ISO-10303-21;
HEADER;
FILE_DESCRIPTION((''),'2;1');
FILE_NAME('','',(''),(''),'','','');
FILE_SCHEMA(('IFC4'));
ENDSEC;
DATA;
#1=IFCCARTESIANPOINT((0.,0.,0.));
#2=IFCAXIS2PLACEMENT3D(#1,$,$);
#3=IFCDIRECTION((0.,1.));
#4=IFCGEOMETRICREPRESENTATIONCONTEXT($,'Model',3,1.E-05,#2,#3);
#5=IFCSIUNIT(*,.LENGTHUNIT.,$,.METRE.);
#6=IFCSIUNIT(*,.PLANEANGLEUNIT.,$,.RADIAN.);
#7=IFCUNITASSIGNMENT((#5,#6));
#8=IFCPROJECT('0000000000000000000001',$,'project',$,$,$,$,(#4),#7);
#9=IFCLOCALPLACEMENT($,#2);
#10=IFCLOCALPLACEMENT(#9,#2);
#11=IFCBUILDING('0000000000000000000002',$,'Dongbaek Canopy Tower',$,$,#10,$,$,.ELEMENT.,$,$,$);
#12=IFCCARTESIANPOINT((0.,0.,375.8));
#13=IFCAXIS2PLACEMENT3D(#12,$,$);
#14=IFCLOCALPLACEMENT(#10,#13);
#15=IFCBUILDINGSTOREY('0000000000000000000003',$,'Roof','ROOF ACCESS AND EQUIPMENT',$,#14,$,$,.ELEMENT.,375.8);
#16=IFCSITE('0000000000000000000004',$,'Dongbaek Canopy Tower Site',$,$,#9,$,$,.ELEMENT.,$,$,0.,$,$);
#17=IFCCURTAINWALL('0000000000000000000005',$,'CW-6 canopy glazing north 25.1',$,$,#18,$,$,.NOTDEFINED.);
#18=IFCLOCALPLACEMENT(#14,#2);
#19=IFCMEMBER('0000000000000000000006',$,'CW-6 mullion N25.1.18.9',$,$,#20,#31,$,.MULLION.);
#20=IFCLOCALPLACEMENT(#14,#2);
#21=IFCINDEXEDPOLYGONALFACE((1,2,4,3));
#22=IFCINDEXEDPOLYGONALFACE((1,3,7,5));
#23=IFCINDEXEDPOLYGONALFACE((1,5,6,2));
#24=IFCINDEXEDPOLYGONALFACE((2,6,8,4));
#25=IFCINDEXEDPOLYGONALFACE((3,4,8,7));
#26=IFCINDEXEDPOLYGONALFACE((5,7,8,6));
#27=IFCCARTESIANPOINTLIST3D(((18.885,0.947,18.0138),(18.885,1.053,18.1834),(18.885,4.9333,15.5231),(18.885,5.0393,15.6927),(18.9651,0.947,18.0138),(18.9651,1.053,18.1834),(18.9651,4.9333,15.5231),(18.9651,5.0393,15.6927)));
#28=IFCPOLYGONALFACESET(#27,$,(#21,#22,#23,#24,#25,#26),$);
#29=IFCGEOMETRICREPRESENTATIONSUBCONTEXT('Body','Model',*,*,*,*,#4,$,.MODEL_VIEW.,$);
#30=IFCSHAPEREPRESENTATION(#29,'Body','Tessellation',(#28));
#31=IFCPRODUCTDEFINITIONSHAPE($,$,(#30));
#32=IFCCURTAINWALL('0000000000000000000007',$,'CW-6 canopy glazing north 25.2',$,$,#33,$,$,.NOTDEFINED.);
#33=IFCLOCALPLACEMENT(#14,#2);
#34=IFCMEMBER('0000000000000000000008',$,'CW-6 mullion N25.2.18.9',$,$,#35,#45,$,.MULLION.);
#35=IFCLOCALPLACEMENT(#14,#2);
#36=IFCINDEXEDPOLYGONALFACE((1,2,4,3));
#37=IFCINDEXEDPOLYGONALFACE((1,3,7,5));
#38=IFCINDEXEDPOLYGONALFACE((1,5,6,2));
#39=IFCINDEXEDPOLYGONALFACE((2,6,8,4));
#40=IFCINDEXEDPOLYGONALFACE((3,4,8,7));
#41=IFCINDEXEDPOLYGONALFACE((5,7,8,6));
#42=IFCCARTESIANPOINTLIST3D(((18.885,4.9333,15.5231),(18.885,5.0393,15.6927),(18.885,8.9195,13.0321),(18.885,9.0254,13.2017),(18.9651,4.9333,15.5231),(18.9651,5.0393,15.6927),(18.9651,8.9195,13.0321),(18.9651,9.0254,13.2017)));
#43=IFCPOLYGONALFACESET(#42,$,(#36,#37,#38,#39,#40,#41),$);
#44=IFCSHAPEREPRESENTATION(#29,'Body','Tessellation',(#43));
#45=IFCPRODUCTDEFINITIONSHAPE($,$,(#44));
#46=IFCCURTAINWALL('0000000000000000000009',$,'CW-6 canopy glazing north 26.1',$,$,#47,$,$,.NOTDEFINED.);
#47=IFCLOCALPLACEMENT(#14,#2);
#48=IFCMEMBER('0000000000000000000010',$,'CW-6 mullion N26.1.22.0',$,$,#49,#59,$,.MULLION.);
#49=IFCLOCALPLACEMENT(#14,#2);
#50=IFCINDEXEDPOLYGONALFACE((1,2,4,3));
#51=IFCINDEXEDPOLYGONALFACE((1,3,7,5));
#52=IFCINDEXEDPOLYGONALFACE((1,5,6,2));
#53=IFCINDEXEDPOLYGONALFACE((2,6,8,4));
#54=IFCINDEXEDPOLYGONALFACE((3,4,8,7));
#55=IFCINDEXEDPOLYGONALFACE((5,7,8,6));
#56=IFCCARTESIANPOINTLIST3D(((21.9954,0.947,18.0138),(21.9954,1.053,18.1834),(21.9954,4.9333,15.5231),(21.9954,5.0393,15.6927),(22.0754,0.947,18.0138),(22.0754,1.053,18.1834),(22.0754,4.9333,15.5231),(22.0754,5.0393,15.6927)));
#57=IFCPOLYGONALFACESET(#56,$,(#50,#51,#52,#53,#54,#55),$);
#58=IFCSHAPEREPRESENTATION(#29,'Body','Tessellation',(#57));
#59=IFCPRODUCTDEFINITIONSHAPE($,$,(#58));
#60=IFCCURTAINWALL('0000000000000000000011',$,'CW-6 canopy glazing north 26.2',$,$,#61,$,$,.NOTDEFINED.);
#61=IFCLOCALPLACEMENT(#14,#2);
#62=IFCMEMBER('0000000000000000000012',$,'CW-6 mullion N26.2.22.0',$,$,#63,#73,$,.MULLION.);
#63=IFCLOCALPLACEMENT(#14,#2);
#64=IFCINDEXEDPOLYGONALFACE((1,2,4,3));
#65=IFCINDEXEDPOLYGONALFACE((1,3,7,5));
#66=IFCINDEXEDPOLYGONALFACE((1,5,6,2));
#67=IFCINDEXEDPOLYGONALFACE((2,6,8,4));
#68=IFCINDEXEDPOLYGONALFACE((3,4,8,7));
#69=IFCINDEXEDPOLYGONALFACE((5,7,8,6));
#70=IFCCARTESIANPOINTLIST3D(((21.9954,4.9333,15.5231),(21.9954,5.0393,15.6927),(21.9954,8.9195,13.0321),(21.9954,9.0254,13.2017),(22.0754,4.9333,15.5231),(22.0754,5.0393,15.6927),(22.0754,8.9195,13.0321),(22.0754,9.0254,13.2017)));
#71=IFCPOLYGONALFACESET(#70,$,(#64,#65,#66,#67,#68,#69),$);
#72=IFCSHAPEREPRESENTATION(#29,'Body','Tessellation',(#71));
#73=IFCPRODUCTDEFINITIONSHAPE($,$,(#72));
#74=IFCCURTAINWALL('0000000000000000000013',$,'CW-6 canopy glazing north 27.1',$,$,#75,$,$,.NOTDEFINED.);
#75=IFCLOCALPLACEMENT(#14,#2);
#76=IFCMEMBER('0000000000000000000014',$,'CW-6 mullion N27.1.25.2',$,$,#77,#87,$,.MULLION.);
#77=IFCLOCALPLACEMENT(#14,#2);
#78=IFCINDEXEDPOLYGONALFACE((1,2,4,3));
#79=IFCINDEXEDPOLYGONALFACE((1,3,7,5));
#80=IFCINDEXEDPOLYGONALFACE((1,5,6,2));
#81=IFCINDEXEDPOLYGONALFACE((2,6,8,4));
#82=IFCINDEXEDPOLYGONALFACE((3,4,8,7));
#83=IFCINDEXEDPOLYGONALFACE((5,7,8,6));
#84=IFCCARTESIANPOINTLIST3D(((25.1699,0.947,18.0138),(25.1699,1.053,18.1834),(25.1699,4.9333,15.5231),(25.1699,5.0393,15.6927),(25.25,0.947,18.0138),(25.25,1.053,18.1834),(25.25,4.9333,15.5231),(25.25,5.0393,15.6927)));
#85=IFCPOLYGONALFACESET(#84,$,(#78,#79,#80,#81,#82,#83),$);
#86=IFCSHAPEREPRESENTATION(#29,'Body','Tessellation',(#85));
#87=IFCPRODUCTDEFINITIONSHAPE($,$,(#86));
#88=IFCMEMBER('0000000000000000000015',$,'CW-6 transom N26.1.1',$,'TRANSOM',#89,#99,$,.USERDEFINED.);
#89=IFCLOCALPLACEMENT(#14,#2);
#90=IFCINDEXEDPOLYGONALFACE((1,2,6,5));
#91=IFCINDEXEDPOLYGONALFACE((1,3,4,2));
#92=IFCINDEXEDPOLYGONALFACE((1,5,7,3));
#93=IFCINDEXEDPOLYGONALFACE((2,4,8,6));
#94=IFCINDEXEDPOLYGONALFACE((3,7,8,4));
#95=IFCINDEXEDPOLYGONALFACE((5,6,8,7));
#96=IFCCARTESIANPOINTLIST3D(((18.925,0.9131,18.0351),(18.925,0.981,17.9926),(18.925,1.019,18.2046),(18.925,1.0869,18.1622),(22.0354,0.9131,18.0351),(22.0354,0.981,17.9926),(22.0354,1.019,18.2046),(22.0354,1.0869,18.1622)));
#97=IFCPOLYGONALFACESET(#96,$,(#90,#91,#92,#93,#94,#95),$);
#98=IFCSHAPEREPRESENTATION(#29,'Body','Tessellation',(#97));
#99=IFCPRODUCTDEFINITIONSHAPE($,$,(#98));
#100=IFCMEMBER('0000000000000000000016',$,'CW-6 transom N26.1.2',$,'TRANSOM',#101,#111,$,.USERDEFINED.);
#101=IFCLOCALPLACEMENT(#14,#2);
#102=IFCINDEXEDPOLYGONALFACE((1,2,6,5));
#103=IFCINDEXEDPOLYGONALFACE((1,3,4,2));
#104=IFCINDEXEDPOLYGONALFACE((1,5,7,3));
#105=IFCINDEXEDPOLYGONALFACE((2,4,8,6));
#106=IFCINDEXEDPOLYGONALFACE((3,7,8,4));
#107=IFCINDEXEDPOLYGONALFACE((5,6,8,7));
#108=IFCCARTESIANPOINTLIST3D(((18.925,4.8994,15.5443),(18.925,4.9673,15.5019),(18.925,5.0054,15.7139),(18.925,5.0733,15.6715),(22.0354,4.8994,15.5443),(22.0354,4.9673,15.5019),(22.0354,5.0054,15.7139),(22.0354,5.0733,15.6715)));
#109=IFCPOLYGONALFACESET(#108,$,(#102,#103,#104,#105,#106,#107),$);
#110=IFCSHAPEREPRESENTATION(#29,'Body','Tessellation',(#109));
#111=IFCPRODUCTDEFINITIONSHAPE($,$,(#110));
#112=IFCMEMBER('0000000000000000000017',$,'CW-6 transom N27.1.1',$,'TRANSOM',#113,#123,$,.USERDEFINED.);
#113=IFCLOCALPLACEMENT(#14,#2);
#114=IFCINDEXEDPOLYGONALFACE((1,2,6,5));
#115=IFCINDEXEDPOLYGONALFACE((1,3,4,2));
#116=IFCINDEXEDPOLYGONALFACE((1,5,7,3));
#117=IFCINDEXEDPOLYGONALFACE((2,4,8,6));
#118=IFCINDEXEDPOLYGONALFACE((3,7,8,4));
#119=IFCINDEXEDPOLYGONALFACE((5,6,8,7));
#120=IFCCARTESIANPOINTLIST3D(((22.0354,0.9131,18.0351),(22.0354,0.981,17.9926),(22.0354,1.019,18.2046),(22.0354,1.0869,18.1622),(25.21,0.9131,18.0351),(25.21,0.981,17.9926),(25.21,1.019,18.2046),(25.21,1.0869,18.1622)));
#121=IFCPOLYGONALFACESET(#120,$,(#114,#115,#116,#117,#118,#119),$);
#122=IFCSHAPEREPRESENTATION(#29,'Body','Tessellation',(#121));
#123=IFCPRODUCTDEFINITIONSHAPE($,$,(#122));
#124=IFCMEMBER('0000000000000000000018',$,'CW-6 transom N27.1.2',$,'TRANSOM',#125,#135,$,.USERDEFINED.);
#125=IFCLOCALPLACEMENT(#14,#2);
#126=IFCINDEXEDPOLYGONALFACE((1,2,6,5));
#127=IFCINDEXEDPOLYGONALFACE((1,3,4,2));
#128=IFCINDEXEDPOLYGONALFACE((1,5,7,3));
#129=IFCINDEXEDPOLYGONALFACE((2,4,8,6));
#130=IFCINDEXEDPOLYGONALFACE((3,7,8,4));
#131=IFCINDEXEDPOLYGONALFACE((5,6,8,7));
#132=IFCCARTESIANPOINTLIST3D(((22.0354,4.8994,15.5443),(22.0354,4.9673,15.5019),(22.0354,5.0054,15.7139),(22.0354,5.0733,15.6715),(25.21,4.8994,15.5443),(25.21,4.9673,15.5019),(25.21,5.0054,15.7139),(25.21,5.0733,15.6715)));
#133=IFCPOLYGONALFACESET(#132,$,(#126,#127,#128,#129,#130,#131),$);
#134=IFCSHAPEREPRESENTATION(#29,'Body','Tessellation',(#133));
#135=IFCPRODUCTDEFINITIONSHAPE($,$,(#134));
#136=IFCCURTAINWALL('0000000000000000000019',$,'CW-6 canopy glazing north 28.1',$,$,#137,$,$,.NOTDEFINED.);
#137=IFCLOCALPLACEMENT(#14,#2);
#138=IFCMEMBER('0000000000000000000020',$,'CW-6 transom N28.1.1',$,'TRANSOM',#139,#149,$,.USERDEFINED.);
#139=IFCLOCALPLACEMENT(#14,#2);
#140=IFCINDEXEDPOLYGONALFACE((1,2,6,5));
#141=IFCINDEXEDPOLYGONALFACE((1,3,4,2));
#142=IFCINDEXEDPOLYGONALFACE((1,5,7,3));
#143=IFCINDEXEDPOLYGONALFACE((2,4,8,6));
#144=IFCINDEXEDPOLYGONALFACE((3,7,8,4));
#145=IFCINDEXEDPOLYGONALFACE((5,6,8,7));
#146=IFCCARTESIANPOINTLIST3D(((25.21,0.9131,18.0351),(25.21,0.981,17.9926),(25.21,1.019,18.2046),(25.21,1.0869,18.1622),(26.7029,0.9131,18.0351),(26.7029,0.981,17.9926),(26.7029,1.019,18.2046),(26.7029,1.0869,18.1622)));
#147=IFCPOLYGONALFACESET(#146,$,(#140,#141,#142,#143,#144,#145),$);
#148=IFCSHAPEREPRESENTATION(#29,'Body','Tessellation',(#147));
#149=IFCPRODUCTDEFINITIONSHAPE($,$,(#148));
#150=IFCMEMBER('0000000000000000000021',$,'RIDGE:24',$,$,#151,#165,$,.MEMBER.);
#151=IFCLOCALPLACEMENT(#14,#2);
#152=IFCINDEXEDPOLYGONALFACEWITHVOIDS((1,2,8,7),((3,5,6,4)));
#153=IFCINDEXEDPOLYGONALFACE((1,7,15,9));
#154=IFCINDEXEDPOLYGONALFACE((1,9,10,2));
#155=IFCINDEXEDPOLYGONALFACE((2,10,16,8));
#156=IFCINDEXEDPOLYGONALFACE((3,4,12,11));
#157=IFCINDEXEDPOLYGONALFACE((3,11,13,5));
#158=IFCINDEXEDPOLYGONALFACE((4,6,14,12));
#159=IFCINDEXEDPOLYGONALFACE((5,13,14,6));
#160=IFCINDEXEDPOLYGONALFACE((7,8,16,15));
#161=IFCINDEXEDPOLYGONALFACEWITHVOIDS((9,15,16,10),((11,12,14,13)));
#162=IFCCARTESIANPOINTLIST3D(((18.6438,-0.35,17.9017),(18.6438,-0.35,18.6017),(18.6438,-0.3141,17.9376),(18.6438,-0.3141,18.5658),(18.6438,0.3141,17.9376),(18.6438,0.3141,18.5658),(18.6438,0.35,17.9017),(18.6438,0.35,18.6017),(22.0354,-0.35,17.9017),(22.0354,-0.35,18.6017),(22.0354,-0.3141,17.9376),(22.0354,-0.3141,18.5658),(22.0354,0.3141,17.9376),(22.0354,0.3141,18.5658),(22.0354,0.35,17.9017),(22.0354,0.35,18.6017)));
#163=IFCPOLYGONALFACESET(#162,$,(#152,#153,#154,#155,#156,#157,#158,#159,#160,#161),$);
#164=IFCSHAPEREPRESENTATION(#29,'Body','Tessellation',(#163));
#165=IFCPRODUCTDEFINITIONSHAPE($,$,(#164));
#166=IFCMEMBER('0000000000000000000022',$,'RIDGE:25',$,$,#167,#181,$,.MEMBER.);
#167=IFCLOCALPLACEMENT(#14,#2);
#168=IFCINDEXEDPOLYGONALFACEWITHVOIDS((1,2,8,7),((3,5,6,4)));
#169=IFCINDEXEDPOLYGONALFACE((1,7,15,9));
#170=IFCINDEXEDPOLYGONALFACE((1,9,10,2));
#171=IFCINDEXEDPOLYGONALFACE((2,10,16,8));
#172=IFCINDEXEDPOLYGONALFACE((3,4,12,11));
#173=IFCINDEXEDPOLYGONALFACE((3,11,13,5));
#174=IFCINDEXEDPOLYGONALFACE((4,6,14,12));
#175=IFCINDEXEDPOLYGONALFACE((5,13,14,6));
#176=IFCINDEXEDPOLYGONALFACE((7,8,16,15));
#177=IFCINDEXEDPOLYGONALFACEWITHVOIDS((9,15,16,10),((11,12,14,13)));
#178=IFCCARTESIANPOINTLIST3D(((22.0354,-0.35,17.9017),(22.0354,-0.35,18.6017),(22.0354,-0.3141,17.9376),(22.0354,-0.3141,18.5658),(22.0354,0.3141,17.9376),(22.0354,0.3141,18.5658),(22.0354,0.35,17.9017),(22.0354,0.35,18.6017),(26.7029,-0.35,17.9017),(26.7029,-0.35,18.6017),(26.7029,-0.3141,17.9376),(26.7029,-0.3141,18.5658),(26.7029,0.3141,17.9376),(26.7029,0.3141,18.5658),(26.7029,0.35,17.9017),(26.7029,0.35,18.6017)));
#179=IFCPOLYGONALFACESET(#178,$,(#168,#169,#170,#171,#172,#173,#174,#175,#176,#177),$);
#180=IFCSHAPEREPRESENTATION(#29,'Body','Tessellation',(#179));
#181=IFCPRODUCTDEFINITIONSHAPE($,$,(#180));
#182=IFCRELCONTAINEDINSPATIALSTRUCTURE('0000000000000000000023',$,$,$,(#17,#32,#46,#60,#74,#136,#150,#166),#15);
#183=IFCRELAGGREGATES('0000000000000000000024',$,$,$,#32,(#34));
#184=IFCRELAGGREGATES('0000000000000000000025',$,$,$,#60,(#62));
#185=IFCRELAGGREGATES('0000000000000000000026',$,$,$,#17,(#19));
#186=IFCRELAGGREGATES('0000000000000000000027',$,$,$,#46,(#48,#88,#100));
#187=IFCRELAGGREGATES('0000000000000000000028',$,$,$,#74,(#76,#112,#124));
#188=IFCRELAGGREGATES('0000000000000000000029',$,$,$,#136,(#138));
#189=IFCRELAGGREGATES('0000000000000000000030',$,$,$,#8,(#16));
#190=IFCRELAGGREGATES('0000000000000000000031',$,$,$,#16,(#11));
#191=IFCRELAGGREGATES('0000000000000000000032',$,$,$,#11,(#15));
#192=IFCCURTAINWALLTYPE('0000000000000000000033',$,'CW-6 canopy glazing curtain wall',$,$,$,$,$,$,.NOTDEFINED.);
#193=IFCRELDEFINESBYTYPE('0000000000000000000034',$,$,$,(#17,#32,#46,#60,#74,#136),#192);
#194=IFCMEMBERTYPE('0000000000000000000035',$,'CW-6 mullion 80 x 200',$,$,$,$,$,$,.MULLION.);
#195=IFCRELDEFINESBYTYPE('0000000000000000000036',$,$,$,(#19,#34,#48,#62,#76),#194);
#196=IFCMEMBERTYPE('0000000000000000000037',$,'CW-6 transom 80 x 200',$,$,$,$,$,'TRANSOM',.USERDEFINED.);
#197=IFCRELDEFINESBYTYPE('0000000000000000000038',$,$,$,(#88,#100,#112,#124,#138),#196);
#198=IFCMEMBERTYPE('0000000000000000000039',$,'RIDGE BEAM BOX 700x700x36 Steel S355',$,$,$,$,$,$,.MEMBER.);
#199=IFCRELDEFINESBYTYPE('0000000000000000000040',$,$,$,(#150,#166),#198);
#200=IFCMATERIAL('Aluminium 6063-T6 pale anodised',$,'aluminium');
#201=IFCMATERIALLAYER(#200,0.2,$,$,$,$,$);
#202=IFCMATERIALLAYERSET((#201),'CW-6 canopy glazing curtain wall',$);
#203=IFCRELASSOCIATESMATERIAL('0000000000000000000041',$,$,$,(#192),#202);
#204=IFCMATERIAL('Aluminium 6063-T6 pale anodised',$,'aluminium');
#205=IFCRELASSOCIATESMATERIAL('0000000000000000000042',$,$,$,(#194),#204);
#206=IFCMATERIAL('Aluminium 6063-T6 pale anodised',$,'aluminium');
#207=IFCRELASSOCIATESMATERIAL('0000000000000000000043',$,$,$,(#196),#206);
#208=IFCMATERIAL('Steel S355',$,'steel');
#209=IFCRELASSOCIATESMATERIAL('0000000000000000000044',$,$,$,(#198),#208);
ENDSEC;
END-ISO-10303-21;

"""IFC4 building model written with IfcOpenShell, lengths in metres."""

from ifc_helpers import new_model, si_unit, direction, frame, origin, origin_2d, place, context, subcontext, project, spatial, rectangle, hollow_rectangle, extrude, material, layer, layer_set, material_profile, profile_set, type_object, element, aggregate, save


model = new_model("IFC4")

# Units and contexts
model_context = context("Model", 3, precision=1e-05, world=origin(), true_north=direction((0.0, 1.0)))
body_context = subcontext(model_context, "Body", "Model", "MODEL_VIEW")
ifc_project = project(units=[si_unit("LENGTHUNIT", "METRE"), si_unit("PLANEANGLEUNIT", "RADIAN")], contexts=[model_context])

# Site, building, storey
site_placement = place(None, origin())
site = spatial("IfcSite", under=ifc_project, at=site_placement, Name="Dongbaek Canopy Tower Site", CompositionType="ELEMENT", RefElevation=0.0)
building_placement = place(site_placement, origin())
building = spatial("IfcBuilding", under=site, at=building_placement, Name="Dongbaek Canopy Tower", CompositionType="ELEMENT")
storey_placement = place(building_placement, frame((0.0, 0.0, 375.8)))
storey = spatial("IfcBuildingStorey", under=building, at=storey_placement, Name="Roof", Description="ROOF ACCESS AND EQUIPMENT", CompositionType="ELEMENT", Elevation=375.8)

# Curtain walls, members
ifc_material_1 = material(Name="Aluminium 6063-T6 pale anodised", Category="aluminium")
ifc_layer_1 = layer(ifc_material_1, 0.2)
ifc_layer_set_1 = layer_set([ifc_layer_1], Name="CW-6 canopy glazing curtain wall")
curtain_wall_type = type_object("IfcCurtainWallType", Name="CW-6 canopy glazing curtain wall", PredefinedType="NOTDEFINED", material=ifc_layer_set_1)
curtain_wall_1_placement = place(storey_placement, origin())
curtain_wall_1 = element("IfcCurtainWall", 1, at=curtain_wall_1_placement, inside=storey, type_object=curtain_wall_type, Name="CW-6 canopy glazing north 25.1", PredefinedType="NOTDEFINED")
ifc_material_2 = material(Name="Aluminium 6063-T6 pale anodised", Category="aluminium")
ifc_material_profile_1 = material_profile(ifc_material_2, rectangle(XDim=0.0801, YDim=0.2, at=origin_2d()), Name="CW-6 mullion 80 x 200")
ifc_profile_set_1 = profile_set([ifc_material_profile_1], Name="Aluminium 6063-T6 pale anodised")
member_type_1 = type_object("IfcMemberType", Name="CW-6 mullion 80 x 200", PredefinedType="MULLION", material=ifc_profile_set_1)
member_1_placement = place(storey_placement, frame((18.925, 1.0, 18.0986), z_axis=(0.0, 0.848068, -0.529887), x_axis=(-1.0, 0.0, 0.0)))
member_1 = element("IfcMember", 2, at=member_1_placement, type_object=member_type_1, Name="CW-6 mullion N25.1.18.9", PredefinedType="MULLION", context=body_context, shape_type="SweptSolid", body=[
    extrude(rectangle(XDim=0.0801, YDim=0.2, at=origin_2d()), origin(), (0.0, 0.0, 1.0), 4.7004),
])
curtain_wall_2_placement = place(storey_placement, origin())
curtain_wall_2 = element("IfcCurtainWall", 3, at=curtain_wall_2_placement, inside=storey, type_object=curtain_wall_type, Name="CW-6 canopy glazing north 25.2", PredefinedType="NOTDEFINED")
member_2_placement = place(storey_placement, frame((18.925, 4.9863, 15.6079), z_axis=(0.0, 0.84803, -0.529948), x_axis=(-1.0, 0.0, 0.0)))
member_2 = element("IfcMember", 4, at=member_2_placement, type_object=member_type_1, Name="CW-6 mullion N25.2.18.9", PredefinedType="MULLION", context=body_context, shape_type="SweptSolid", body=[
    extrude(rectangle(XDim=0.0801, YDim=0.2, at=origin_2d()), origin(), (0.0, 0.0, 1.0), 4.7004),
])
aggregate(curtain_wall_2, [member_2])
curtain_wall_3_placement = place(storey_placement, origin())
curtain_wall_3 = element("IfcCurtainWall", 5, at=curtain_wall_3_placement, inside=storey, type_object=curtain_wall_type, Name="CW-6 canopy glazing north 26.1", PredefinedType="NOTDEFINED")
member_3_placement = place(storey_placement, frame((22.0354, 1.0, 18.0986), z_axis=(0.0, 0.848068, -0.529887), x_axis=(-1.0, 0.0, 0.0)))
member_3 = element("IfcMember", 6, at=member_3_placement, type_object=member_type_1, Name="CW-6 mullion N26.1.22.0", PredefinedType="MULLION", context=body_context, shape_type="SweptSolid", body=[
    extrude(rectangle(XDim=0.0801, YDim=0.2, at=origin_2d()), origin(), (0.0, 0.0, 1.0), 4.7004),
])
curtain_wall_4_placement = place(storey_placement, origin())
curtain_wall_4 = element("IfcCurtainWall", 7, at=curtain_wall_4_placement, inside=storey, type_object=curtain_wall_type, Name="CW-6 canopy glazing north 26.2", PredefinedType="NOTDEFINED")
member_4_placement = place(storey_placement, frame((22.0354, 4.9863, 15.6079), z_axis=(0.0, 0.84803, -0.529948), x_axis=(-1.0, 0.0, 0.0)))
member_4 = element("IfcMember", 8, at=member_4_placement, type_object=member_type_1, Name="CW-6 mullion N26.2.22.0", PredefinedType="MULLION", context=body_context, shape_type="SweptSolid", body=[
    extrude(rectangle(XDim=0.0801, YDim=0.2, at=origin_2d()), origin(), (0.0, 0.0, 1.0), 4.7004),
])
aggregate(curtain_wall_4, [member_4])
curtain_wall_5_placement = place(storey_placement, origin())
curtain_wall_5 = element("IfcCurtainWall", 9, at=curtain_wall_5_placement, inside=storey, type_object=curtain_wall_type, Name="CW-6 canopy glazing north 27.1", PredefinedType="NOTDEFINED")
member_5_placement = place(storey_placement, frame((25.21, 1.0, 18.0986), z_axis=(0.0, 0.848068, -0.529887), x_axis=(-1.0, 0.0, 0.0)))
member_5 = element("IfcMember", 10, at=member_5_placement, type_object=member_type_1, Name="CW-6 mullion N27.1.25.2", PredefinedType="MULLION", context=body_context, shape_type="SweptSolid", body=[
    extrude(rectangle(XDim=0.0801, YDim=0.2, at=origin_2d()), origin(), (0.0, 0.0, 1.0), 4.7004),
])

# Members
ifc_material_3 = material(Name="Aluminium 6063-T6 pale anodised", Category="aluminium")
ifc_material_profile_2 = material_profile(ifc_material_3, rectangle(XDim=0.0801, YDim=0.2, at=origin_2d()), Name="CW-6 transom 80 x 200")
ifc_profile_set_2 = profile_set([ifc_material_profile_2], Name="Aluminium 6063-T6 pale anodised")
member_type_2 = type_object("IfcMemberType", Name="CW-6 transom 80 x 200", ElementType="TRANSOM", PredefinedType="USERDEFINED", material=ifc_profile_set_2)
member_6_placement = place(storey_placement, frame((18.925, 1.0, 18.0986), z_axis=(1.0, 0.0, 0.0), x_axis=(0.0, 0.848048, -0.529919)))
member_6 = element("IfcMember", 11, at=member_6_placement, type_object=member_type_2, Name="CW-6 transom N26.1.1", ObjectType="TRANSOM", PredefinedType="USERDEFINED", context=body_context, shape_type="SweptSolid", body=[
    extrude(rectangle(XDim=0.0801, YDim=0.2, at=origin_2d()), origin(), (0.0, 0.0, 1.0), 3.1104),
])
member_7_placement = place(storey_placement, frame((18.925, 4.9863, 15.6079), z_axis=(1.0, 0.0, 0.0), x_axis=(0.0, 0.848048, -0.529919)))
member_7 = element("IfcMember", 12, at=member_7_placement, type_object=member_type_2, Name="CW-6 transom N26.1.2", ObjectType="TRANSOM", PredefinedType="USERDEFINED", context=body_context, shape_type="SweptSolid", body=[
    extrude(rectangle(XDim=0.0801, YDim=0.2, at=origin_2d()), origin(), (0.0, 0.0, 1.0), 3.1104),
])
member_8_placement = place(storey_placement, frame((22.0354, 1.0, 18.0986), z_axis=(1.0, 0.0, 0.0), x_axis=(0.0, 0.848048, -0.529919)))
member_8 = element("IfcMember", 13, at=member_8_placement, type_object=member_type_2, Name="CW-6 transom N27.1.1", ObjectType="TRANSOM", PredefinedType="USERDEFINED", context=body_context, shape_type="SweptSolid", body=[
    extrude(rectangle(XDim=0.0801, YDim=0.2, at=origin_2d()), origin(), (0.0, 0.0, 1.0), 3.1746),
])
member_9_placement = place(storey_placement, frame((22.0354, 4.9863, 15.6079), z_axis=(1.0, 0.0, 0.0), x_axis=(0.0, 0.848048, -0.529919)))
member_9 = element("IfcMember", 14, at=member_9_placement, type_object=member_type_2, Name="CW-6 transom N27.1.2", ObjectType="TRANSOM", PredefinedType="USERDEFINED", context=body_context, shape_type="SweptSolid", body=[
    extrude(rectangle(XDim=0.0801, YDim=0.2, at=origin_2d()), origin(), (0.0, 0.0, 1.0), 3.1746),
])

# Curtain wall, member
curtain_wall_6_placement = place(storey_placement, origin())
curtain_wall_6 = element("IfcCurtainWall", 15, at=curtain_wall_6_placement, inside=storey, type_object=curtain_wall_type, Name="CW-6 canopy glazing north 28.1", PredefinedType="NOTDEFINED")
member_10_placement = place(storey_placement, frame((25.21, 1.0, 18.0986), z_axis=(1.0, 0.0, 0.0), x_axis=(0.0, 0.848048, -0.529919)))
member_10 = element("IfcMember", 16, at=member_10_placement, type_object=member_type_2, Name="CW-6 transom N28.1.1", ObjectType="TRANSOM", PredefinedType="USERDEFINED", context=body_context, shape_type="SweptSolid", body=[
    extrude(rectangle(XDim=0.0801, YDim=0.2, at=origin_2d()), origin(), (0.0, 0.0, 1.0), 1.4929),
])

# Members
ifc_material_4 = material(Name="Steel S355", Category="steel")
ifc_material_profile_3 = material_profile(ifc_material_4, hollow_rectangle(XDim=0.7, YDim=0.7, WallThickness=0.0359, at=origin_2d()), Name="RIDGE BEAM BOX 700x700x36 Steel S355")
ifc_profile_set_3 = profile_set([ifc_material_profile_3], Name="Steel S355")
member_type_3 = type_object("IfcMemberType", Name="RIDGE BEAM BOX 700x700x36 Steel S355", PredefinedType="MEMBER", material=ifc_profile_set_3)
member_11_placement = place(storey_placement, frame((18.6438, 0.0, 18.2517), z_axis=(1.0, 0.0, 0.0), x_axis=(0.0, 1.0, 0.0)))
element("IfcMember", 17, at=member_11_placement, inside=storey, type_object=member_type_3, Name="RIDGE:24", PredefinedType="MEMBER", context=body_context, shape_type="SweptSolid", body=[
    extrude(hollow_rectangle(XDim=0.7, YDim=0.7, WallThickness=0.0359, at=origin_2d()), origin(), (0.0, 0.0, 1.0), 3.3916),
])
member_12_placement = place(storey_placement, frame((22.0354, 0.0, 18.2517), z_axis=(1.0, 0.0, 0.0), x_axis=(0.0, 1.0, 0.0)))
element("IfcMember", 18, at=member_12_placement, inside=storey, type_object=member_type_3, Name="RIDGE:25", PredefinedType="MEMBER", context=body_context, shape_type="SweptSolid", body=[
    extrude(hollow_rectangle(XDim=0.7, YDim=0.7, WallThickness=0.0359, at=origin_2d()), origin(), (0.0, 0.0, 1.0), 4.6675),
])

aggregate(curtain_wall_1, [member_1])
aggregate(curtain_wall_3, [member_3, member_6, member_7])
aggregate(curtain_wall_5, [member_5, member_8, member_9])
aggregate(curtain_wall_6, [member_10])

save(model, "model.ifc")
